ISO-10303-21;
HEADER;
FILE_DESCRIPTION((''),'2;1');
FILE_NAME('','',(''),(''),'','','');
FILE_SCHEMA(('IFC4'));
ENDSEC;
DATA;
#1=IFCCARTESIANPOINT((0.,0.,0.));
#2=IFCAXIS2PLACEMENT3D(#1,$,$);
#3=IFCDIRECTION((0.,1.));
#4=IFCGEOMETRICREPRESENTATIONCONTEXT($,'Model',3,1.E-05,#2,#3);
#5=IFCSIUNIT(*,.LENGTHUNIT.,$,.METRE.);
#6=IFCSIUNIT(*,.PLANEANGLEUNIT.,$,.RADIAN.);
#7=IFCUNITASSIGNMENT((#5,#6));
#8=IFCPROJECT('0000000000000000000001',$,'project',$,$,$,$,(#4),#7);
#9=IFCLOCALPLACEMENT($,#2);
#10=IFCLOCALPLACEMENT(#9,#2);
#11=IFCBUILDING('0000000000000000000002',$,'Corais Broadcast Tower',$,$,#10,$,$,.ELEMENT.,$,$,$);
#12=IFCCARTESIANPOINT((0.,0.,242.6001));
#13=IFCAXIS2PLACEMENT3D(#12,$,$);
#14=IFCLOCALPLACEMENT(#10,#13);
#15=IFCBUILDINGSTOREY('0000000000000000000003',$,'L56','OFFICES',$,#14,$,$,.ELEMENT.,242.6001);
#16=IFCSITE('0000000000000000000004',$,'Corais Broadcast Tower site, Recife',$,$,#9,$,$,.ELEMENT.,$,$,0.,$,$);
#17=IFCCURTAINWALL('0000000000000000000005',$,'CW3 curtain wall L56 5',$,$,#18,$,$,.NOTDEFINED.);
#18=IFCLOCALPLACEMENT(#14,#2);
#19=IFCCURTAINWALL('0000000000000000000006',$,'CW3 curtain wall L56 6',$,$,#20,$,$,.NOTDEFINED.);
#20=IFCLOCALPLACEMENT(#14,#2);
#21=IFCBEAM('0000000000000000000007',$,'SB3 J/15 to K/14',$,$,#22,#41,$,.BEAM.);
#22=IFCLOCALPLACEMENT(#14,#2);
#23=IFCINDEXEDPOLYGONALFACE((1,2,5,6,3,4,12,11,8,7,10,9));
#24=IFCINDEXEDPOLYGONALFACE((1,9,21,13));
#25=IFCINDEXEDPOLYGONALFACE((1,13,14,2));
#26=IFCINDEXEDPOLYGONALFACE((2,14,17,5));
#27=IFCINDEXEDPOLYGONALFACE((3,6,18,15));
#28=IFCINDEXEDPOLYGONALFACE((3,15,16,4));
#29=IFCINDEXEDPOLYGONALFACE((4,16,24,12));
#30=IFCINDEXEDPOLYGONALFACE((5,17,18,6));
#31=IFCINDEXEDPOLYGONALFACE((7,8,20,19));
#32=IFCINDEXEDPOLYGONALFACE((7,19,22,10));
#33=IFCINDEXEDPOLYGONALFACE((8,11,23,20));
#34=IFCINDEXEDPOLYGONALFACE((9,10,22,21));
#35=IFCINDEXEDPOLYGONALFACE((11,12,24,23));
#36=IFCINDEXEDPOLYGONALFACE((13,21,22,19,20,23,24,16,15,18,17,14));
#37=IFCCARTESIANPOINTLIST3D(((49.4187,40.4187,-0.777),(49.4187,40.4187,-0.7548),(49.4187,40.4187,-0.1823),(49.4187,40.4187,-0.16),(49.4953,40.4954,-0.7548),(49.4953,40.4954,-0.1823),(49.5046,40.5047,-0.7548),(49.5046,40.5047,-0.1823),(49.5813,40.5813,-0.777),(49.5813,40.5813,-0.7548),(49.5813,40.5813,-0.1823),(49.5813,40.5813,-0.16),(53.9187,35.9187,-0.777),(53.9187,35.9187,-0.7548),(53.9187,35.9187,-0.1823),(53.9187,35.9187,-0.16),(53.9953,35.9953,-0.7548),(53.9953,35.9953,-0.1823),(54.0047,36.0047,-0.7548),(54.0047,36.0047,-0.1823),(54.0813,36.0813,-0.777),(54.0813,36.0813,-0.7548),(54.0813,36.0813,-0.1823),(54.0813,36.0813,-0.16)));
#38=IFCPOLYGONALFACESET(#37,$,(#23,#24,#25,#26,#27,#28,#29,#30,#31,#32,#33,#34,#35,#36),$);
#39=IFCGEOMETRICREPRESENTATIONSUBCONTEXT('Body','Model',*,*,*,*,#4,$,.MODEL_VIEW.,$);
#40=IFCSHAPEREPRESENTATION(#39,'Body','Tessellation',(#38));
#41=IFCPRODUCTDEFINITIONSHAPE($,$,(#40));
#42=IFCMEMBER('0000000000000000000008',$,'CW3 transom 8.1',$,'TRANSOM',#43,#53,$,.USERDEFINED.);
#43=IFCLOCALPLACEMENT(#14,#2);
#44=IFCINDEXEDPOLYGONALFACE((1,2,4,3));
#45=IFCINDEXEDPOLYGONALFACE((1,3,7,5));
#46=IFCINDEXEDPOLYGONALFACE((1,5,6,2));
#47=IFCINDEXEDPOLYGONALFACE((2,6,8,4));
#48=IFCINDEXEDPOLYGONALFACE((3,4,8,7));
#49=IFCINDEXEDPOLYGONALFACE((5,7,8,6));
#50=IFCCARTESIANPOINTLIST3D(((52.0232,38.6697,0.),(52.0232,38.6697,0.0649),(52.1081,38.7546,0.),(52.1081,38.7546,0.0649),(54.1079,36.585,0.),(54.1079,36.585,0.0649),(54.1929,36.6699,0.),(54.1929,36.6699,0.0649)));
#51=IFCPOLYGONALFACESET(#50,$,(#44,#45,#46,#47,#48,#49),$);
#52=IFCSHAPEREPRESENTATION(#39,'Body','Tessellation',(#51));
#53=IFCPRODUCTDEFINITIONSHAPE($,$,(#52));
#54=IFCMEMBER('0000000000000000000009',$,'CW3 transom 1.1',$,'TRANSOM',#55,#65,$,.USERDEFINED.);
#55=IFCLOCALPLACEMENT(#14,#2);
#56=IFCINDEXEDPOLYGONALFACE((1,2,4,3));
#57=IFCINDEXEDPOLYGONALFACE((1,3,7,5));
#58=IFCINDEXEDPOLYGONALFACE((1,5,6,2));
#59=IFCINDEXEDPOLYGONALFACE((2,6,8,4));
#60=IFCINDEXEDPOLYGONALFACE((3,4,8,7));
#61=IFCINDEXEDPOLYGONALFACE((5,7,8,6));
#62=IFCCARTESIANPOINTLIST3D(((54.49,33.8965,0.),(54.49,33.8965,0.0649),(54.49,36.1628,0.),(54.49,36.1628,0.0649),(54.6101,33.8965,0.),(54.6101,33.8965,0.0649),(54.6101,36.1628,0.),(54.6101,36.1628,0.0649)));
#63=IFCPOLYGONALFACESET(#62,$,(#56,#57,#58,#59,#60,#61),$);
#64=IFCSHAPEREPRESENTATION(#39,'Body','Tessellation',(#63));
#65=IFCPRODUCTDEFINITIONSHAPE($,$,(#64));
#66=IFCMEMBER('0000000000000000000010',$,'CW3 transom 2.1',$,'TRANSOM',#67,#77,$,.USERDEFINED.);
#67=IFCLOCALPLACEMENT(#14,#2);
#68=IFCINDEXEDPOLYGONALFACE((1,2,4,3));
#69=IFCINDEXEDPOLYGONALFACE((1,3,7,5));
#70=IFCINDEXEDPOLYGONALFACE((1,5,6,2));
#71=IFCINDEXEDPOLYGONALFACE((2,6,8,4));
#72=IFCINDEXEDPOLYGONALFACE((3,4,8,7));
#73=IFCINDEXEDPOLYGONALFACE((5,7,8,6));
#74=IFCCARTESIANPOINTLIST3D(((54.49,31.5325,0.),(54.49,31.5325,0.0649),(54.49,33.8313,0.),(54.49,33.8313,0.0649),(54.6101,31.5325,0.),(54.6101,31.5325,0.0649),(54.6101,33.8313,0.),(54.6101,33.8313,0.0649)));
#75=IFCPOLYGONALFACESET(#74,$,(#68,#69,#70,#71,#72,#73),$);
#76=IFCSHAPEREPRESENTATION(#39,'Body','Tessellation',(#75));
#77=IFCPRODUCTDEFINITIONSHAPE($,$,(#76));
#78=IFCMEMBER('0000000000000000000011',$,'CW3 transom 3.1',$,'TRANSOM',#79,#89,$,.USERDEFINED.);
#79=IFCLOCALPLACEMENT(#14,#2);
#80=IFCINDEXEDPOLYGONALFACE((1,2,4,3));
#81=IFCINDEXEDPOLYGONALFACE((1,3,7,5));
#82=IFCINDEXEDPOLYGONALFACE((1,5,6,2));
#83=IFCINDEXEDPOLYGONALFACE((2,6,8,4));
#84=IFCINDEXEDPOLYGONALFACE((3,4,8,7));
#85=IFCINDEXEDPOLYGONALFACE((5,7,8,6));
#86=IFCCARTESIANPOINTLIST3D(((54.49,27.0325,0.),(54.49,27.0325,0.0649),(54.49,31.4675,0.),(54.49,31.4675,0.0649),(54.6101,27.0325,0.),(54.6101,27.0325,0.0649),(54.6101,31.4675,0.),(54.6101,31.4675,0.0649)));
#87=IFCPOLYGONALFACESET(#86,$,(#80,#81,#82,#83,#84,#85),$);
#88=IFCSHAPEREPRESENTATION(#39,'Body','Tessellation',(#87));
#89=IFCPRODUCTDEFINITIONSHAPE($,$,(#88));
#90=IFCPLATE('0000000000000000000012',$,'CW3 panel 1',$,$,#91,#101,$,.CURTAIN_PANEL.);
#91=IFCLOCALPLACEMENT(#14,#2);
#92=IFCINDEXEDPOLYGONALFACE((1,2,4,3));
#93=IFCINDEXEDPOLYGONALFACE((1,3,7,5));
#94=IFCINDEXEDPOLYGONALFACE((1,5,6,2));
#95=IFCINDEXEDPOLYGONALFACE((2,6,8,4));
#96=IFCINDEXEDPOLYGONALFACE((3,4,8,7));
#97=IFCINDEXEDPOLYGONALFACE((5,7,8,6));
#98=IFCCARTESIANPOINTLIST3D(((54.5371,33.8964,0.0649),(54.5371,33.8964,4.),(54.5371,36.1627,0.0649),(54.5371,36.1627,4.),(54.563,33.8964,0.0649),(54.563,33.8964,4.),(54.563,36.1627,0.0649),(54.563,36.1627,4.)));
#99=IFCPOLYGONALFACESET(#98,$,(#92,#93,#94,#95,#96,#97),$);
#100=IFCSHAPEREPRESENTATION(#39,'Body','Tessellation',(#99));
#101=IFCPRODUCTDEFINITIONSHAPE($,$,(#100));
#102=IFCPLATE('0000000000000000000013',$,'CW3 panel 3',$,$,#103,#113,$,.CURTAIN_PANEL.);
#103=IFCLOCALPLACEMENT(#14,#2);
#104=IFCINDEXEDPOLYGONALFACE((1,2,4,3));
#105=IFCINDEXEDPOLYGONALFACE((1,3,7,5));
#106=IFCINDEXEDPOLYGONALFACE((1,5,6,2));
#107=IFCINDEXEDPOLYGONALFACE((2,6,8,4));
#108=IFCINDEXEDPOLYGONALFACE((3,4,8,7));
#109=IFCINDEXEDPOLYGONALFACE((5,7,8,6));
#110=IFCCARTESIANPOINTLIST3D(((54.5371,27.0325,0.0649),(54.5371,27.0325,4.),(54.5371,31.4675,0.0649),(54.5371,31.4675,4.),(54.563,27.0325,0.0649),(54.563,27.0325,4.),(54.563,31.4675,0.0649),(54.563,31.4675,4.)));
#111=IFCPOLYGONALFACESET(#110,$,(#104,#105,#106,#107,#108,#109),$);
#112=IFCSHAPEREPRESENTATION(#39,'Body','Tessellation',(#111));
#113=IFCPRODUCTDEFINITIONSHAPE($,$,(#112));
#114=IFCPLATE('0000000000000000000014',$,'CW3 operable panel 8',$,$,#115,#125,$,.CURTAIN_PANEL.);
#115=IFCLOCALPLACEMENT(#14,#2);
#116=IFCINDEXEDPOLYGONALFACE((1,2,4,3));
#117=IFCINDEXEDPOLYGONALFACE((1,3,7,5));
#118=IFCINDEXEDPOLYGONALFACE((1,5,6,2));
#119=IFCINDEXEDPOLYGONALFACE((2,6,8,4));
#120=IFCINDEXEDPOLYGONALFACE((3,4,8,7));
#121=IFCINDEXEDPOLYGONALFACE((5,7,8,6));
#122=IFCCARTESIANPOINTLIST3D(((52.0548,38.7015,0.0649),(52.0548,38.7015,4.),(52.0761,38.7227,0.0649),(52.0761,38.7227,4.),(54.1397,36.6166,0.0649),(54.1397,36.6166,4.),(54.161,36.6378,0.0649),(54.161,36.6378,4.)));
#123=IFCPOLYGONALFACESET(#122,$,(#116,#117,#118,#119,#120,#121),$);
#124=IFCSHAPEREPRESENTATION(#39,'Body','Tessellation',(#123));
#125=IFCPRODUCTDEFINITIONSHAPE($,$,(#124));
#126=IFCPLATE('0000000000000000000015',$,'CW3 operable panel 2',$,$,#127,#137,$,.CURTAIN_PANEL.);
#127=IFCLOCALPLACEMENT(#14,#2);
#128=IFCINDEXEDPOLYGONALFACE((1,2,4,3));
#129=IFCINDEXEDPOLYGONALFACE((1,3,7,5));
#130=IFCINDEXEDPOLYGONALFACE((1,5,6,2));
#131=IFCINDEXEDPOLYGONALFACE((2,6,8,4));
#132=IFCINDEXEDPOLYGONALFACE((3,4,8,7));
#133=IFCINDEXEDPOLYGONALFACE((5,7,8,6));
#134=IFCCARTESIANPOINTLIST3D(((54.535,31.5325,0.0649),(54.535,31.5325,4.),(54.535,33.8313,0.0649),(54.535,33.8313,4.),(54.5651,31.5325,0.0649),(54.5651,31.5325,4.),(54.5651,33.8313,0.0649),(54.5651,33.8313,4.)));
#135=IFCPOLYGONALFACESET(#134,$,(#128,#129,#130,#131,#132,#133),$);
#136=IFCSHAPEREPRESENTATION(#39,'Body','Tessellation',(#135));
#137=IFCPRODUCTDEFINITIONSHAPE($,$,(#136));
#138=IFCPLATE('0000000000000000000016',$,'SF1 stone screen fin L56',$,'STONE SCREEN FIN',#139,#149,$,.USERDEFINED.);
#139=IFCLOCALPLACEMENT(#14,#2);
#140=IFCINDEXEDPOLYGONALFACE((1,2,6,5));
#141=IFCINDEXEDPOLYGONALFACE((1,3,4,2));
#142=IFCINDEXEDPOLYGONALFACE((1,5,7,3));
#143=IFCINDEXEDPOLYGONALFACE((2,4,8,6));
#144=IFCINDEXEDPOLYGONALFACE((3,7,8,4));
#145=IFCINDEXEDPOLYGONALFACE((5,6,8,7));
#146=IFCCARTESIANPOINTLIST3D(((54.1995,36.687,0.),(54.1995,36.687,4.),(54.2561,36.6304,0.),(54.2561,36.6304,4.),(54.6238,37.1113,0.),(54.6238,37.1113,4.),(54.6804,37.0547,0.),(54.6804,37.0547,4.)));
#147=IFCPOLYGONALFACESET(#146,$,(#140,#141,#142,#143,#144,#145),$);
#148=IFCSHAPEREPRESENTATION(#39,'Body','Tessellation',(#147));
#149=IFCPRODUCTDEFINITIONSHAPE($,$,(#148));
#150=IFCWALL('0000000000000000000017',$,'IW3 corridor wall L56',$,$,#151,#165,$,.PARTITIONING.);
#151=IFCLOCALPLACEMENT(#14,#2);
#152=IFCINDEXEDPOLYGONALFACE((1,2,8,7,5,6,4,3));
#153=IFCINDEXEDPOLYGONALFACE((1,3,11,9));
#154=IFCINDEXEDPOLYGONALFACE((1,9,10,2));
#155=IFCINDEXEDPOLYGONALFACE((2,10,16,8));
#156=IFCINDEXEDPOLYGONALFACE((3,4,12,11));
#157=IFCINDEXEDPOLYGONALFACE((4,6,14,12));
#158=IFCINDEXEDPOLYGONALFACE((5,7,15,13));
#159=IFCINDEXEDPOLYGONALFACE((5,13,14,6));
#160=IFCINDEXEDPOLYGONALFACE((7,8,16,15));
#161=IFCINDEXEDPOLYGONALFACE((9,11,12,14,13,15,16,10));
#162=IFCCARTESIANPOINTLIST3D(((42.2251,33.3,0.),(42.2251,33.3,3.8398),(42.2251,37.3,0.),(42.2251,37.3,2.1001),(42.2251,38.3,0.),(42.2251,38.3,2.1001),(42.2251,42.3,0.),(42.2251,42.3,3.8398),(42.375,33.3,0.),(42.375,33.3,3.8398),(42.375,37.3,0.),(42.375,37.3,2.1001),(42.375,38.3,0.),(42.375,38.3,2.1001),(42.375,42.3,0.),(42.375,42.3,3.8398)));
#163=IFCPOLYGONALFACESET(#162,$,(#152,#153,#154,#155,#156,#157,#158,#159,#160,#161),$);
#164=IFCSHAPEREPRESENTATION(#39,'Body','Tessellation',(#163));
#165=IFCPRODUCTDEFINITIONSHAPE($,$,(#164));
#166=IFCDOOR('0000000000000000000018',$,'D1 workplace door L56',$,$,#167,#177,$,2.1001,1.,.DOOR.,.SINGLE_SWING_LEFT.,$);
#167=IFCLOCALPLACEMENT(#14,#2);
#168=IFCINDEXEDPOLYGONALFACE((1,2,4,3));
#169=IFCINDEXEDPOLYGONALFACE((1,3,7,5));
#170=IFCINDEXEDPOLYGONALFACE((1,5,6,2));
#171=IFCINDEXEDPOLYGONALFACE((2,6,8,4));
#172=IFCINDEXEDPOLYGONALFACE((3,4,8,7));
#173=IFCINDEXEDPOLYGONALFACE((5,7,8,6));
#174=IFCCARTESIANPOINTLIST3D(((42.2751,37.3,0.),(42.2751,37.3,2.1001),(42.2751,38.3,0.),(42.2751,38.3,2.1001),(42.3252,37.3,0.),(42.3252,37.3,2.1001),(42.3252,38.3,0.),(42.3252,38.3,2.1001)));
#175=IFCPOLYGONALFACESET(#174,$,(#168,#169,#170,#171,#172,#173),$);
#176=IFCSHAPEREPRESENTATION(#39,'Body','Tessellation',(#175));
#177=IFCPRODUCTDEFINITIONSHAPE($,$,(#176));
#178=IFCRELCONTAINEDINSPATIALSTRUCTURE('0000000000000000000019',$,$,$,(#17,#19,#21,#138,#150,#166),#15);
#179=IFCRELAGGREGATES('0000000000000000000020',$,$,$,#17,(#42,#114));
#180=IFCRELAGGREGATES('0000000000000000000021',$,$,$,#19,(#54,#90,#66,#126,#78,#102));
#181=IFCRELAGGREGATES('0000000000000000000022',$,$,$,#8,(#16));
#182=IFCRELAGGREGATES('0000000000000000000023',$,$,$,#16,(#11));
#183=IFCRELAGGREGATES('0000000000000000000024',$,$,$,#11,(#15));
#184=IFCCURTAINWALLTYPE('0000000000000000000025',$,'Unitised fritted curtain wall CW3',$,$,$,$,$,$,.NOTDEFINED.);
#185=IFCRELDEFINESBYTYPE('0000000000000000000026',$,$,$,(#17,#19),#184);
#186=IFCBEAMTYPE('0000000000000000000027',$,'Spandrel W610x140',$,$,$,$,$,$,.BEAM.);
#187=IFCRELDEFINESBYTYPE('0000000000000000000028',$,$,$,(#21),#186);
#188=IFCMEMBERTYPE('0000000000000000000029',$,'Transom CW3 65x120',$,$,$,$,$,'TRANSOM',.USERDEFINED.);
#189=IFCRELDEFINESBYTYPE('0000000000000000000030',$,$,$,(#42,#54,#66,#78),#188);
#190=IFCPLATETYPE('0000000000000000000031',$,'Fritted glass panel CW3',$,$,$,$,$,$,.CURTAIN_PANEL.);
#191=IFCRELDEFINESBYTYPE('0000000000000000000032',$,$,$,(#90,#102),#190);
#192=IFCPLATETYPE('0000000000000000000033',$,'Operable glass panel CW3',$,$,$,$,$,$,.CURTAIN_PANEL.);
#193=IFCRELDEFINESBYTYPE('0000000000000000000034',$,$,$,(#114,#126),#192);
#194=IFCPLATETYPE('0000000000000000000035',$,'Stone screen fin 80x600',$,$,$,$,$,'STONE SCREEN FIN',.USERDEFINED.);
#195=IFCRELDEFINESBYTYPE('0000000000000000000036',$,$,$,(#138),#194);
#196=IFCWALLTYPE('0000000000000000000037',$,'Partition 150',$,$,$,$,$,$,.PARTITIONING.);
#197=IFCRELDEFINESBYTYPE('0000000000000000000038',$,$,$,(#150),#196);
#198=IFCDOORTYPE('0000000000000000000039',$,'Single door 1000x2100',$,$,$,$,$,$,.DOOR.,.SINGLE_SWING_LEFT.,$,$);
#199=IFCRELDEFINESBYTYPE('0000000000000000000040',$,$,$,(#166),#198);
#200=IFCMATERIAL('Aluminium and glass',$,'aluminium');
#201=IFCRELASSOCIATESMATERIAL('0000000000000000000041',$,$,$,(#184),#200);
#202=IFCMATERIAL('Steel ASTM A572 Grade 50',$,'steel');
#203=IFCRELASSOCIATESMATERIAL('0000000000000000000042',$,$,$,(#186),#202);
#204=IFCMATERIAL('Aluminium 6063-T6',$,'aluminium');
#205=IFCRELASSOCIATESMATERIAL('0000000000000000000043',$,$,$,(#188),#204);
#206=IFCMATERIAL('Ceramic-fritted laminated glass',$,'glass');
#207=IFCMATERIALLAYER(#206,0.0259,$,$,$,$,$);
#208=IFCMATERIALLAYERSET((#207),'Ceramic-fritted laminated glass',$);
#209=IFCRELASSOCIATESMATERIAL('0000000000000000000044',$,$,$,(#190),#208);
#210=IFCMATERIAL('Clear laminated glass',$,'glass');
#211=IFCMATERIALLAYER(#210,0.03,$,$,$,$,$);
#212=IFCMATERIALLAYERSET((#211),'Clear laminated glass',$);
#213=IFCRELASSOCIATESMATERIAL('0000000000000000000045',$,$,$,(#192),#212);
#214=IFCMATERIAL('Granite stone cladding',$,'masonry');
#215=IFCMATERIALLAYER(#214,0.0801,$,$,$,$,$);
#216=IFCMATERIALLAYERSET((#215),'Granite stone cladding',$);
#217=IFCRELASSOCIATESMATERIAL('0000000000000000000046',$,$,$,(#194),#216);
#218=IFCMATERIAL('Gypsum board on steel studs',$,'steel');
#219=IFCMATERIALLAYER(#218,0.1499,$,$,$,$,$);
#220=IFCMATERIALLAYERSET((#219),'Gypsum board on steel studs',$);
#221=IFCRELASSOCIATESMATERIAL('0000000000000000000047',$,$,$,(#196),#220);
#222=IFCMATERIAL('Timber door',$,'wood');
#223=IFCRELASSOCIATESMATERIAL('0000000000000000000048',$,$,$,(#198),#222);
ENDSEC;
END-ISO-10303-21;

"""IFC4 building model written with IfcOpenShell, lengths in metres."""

from ifc_helpers import new_model, si_unit, direction, frame, frame_2d, origin, origin_2d, place, context, subcontext, project, spatial, rectangle, i_section, extrude, material, layer, layer_set, material_profile, profile_set, type_object, element, fill, aggregate, save


model = new_model("IFC4")

# Units and contexts
model_context = context("Model", 3, precision=1e-05, world=origin(), true_north=direction((0.0, 1.0)))
body_context = subcontext(model_context, "Body", "Model", "MODEL_VIEW")
ifc_project = project(units=[si_unit("LENGTHUNIT", "METRE"), si_unit("PLANEANGLEUNIT", "RADIAN")], contexts=[model_context])

# Site, building, storey
site_placement = place(None, origin())
site = spatial("IfcSite", under=ifc_project, at=site_placement, Name="Corais Broadcast Tower site, Recife", CompositionType="ELEMENT", RefElevation=0.0)
building_placement = place(site_placement, origin())
building = spatial("IfcBuilding", under=site, at=building_placement, Name="Corais Broadcast Tower", CompositionType="ELEMENT")
storey_placement = place(building_placement, frame((0.0, 0.0, 242.6001)))
storey = spatial("IfcBuildingStorey", under=building, at=storey_placement, Name="L56", Description="OFFICES", CompositionType="ELEMENT", Elevation=242.6001)

# Curtain wall
ifc_material_1 = material(Name="Aluminium and glass", Category="aluminium")
curtain_wall_type = type_object("IfcCurtainWallType", Name="Unitised fritted curtain wall CW3", PredefinedType="NOTDEFINED", material=ifc_material_1)
curtain_wall_1_placement = place(storey_placement, origin())
curtain_wall_1 = element("IfcCurtainWall", 1, at=curtain_wall_1_placement, inside=storey, type_object=curtain_wall_type, Name="CW3 curtain wall L56 5", PredefinedType="NOTDEFINED")

# Curtain wall
curtain_wall_2_placement = place(storey_placement, origin())
curtain_wall_2 = element("IfcCurtainWall", 2, at=curtain_wall_2_placement, inside=storey, type_object=curtain_wall_type, Name="CW3 curtain wall L56 6", PredefinedType="NOTDEFINED")

# Beam
ifc_material_2 = material(Name="Steel ASTM A572 Grade 50", Category="steel")
ifc_material_profile_1 = material_profile(ifc_material_2, i_section(OverallWidth=0.23, OverallDepth=0.6169, WebThickness=0.0132, FlangeThickness=0.0222, at=origin_2d()), Name="W610x140")
ifc_profile_set_1 = profile_set([ifc_material_profile_1], Name="Steel ASTM A572 Grade 50")
beam_type_1 = type_object("IfcBeamType", Name="Spandrel W610x140", PredefinedType="BEAM", material=ifc_profile_set_1)
beam_placement = place(storey_placement, frame((54.0, 36.0, -0.4685), z_axis=(-0.707107, 0.707107, 0.0), x_axis=(-0.707107, -0.707107, 0.0)))
element("IfcBeam", 3, at=beam_placement, inside=storey, type_object=beam_type_1, Name="SB3 J/15 to K/14", PredefinedType="BEAM", context=body_context, shape_type="SweptSolid", body=[
    extrude(i_section(OverallWidth=0.23, OverallDepth=0.6169, WebThickness=0.0132, FlangeThickness=0.0222, at=origin_2d()), origin(), (0.0, 0.0, 1.0), 6.364),
])

# Members
ifc_material_3 = material(Name="Aluminium 6063-T6", Category="aluminium")
ifc_material_profile_2 = material_profile(ifc_material_3, rectangle(XDim=0.1201, YDim=0.0649, at=origin_2d()), Name="Transom CW3 65x120")
ifc_profile_set_2 = profile_set([ifc_material_profile_2], Name="Aluminium 6063-T6")
member_type_1 = type_object("IfcMemberType", Name="Transom CW3 65x120", ElementType="TRANSOM", PredefinedType="USERDEFINED", material=ifc_profile_set_2)
member_1_placement = place(storey_placement, frame((52.0657, 38.7122, 0.0325), z_axis=(0.707107, -0.707107, 0.0), x_axis=(0.707107, 0.707107, 0.0)))
member_1 = element("IfcMember", 4, at=member_1_placement, type_object=member_type_1, Name="CW3 transom 8.1", ObjectType="TRANSOM", PredefinedType="USERDEFINED", context=body_context, shape_type="SweptSolid", body=[
    extrude(rectangle(XDim=0.1201, YDim=0.0649, at=origin_2d()), origin(), (0.0, 0.0, 1.0), 2.9482),
])
member_2_placement = place(storey_placement, frame((54.55, 36.1628, 0.0325), z_axis=(0.0, -1.0, 0.0), x_axis=(1.0, 0.0, 0.0)))
member_2 = element("IfcMember", 5, at=member_2_placement, type_object=member_type_1, Name="CW3 transom 1.1", ObjectType="TRANSOM", PredefinedType="USERDEFINED", context=body_context, shape_type="SweptSolid", body=[
    extrude(rectangle(XDim=0.1201, YDim=0.0649, at=origin_2d()), origin(), (0.0, 0.0, 1.0), 2.2664),
])
member_3_placement = place(storey_placement, frame((54.55, 33.8313, 0.0325), z_axis=(0.0, -1.0, 0.0), x_axis=(1.0, 0.0, 0.0)))
member_3 = element("IfcMember", 6, at=member_3_placement, type_object=member_type_1, Name="CW3 transom 2.1", ObjectType="TRANSOM", PredefinedType="USERDEFINED", context=body_context, shape_type="SweptSolid", body=[
    extrude(rectangle(XDim=0.1201, YDim=0.0649, at=origin_2d()), origin(), (0.0, 0.0, 1.0), 2.2988),
])
member_4_placement = place(storey_placement, frame((54.55, 31.4675, 0.0325), z_axis=(0.0, -1.0, 0.0), x_axis=(1.0, 0.0, 0.0)))
member_4 = element("IfcMember", 7, at=member_4_placement, type_object=member_type_1, Name="CW3 transom 3.1", ObjectType="TRANSOM", PredefinedType="USERDEFINED", context=body_context, shape_type="SweptSolid", body=[
    extrude(rectangle(XDim=0.1201, YDim=0.0649, at=origin_2d()), origin(), (0.0, 0.0, 1.0), 4.4351),
])

# Plates
ifc_material_4 = material(Name="Ceramic-fritted laminated glass", Category="glass")
ifc_layer_1 = layer(ifc_material_4, 0.0259)
ifc_layer_set_1 = layer_set([ifc_layer_1], Name="Ceramic-fritted laminated glass")
plate_type_1 = type_object("IfcPlateType", Name="Fritted glass panel CW3", PredefinedType="CURTAIN_PANEL", material=ifc_layer_set_1)
plate_1_placement = place(storey_placement, frame((54.55, 35.0295, 0.0649), z_axis=(0.0, 0.0, 1.0), x_axis=(0.0, -1.0, 0.0)))
plate_1 = element("IfcPlate", 8, at=plate_1_placement, type_object=plate_type_1, Name="CW3 panel 1", PredefinedType="CURTAIN_PANEL", context=body_context, shape_type="SweptSolid", body=[
    extrude(rectangle(XDim=2.2664, YDim=0.0259, at=origin_2d()), origin(), (0.0, 0.0, 1.0), 3.9351),
])
plate_2_placement = place(storey_placement, frame((54.55, 29.25, 0.0649), z_axis=(0.0, 0.0, 1.0), x_axis=(0.0, -1.0, 0.0)))
plate_2 = element("IfcPlate", 9, at=plate_2_placement, type_object=plate_type_1, Name="CW3 panel 3", PredefinedType="CURTAIN_PANEL", context=body_context, shape_type="SweptSolid", body=[
    extrude(rectangle(XDim=4.4351, YDim=0.0259, at=origin_2d()), origin(), (0.0, 0.0, 1.0), 3.9351),
])
ifc_material_5 = material(Name="Clear laminated glass", Category="glass")
ifc_layer_2 = layer(ifc_material_5, 0.03)
ifc_layer_set_2 = layer_set([ifc_layer_2], Name="Clear laminated glass")
plate_type_2 = type_object("IfcPlateType", Name="Operable glass panel CW3", PredefinedType="CURTAIN_PANEL", material=ifc_layer_set_2)
plate_3_placement = place(storey_placement, frame((53.1079, 37.6697, 0.0649), z_axis=(0.0, 0.0, 1.0), x_axis=(0.707107, -0.707107, 0.0)))
plate_3 = element("IfcPlate", 10, at=plate_3_placement, type_object=plate_type_2, Name="CW3 operable panel 8", PredefinedType="CURTAIN_PANEL", context=body_context, shape_type="SweptSolid", body=[
    extrude(rectangle(XDim=2.9485, YDim=0.03, at=origin_2d()), origin(), (0.0, 0.0, 1.0), 3.9351),
])
aggregate(curtain_wall_1, [member_1, plate_3])
plate_4_placement = place(storey_placement, frame((54.55, 32.6819, 0.0649), z_axis=(0.0, 0.0, 1.0), x_axis=(0.0, -1.0, 0.0)))
plate_4 = element("IfcPlate", 11, at=plate_4_placement, type_object=plate_type_2, Name="CW3 operable panel 2", PredefinedType="CURTAIN_PANEL", context=body_context, shape_type="SweptSolid", body=[
    extrude(rectangle(XDim=2.2988, YDim=0.03, at=origin_2d()), origin(), (0.0, 0.0, 1.0), 3.9351),
])
aggregate(curtain_wall_2, [member_2, plate_1, member_3, plate_4, member_4, plate_2])
ifc_material_6 = material(Name="Granite stone cladding", Category="masonry")
ifc_layer_3 = layer(ifc_material_6, 0.0801)
ifc_layer_set_3 = layer_set([ifc_layer_3], Name="Granite stone cladding")
plate_type_3 = type_object("IfcPlateType", Name="Stone screen fin 80x600", ElementType="STONE SCREEN FIN", PredefinedType="USERDEFINED", material=ifc_layer_set_3)
plate_5_placement = place(storey_placement, frame((54.4399, 36.8708, 0.0), z_axis=(0.0, 0.0, 1.0), x_axis=(0.707107, -0.707107, 0.0)))
element("IfcPlate", 12, at=plate_5_placement, inside=storey, type_object=plate_type_3, Name="SF1 stone screen fin L56", ObjectType="STONE SCREEN FIN", PredefinedType="USERDEFINED", context=body_context, shape_type="SweptSolid", body=[
    extrude(rectangle(XDim=0.0801, YDim=0.6001, at=origin_2d()), origin(), (0.0, 0.0, 1.0), 4.0),
])

# Wall, opening, door
ifc_material_7 = material(Name="Gypsum board on steel studs", Category="steel")
ifc_layer_4 = layer(ifc_material_7, 0.1499)
ifc_layer_set_4 = layer_set([ifc_layer_4], Name="Gypsum board on steel studs")
wall_type = type_object("IfcWallType", Name="Partition 150", PredefinedType="PARTITIONING", material=ifc_layer_set_4)
wall_1_placement = place(storey_placement, frame((42.3, 33.3, 0.0), z_axis=(0.0, 0.0, 1.0), x_axis=(0.0, 1.0, 0.0)))
wall_1 = element("IfcWall", 13, at=wall_1_placement, inside=storey, type_object=wall_type, Name="IW3 corridor wall L56", PredefinedType="PARTITIONING", context=body_context, shape_type="SweptSolid", body=[
    extrude(rectangle(XDim=9.0, YDim=0.1499, at=frame_2d((4.5, 0.0))), origin(), (0.0, 0.0, 1.0), 3.8398),
])
opening_1_placement = place(wall_1_placement, frame((4.0, 0.0, 0.0)))
opening_1 = element("IfcOpeningElement", 14, at=opening_1_placement, cuts=wall_1, PredefinedType="OPENING", context=body_context, shape_type="SweptSolid", body=[
    extrude(rectangle(XDim=1.0, YDim=2.1001, at=frame_2d((0.5, 1.05))), frame((0.0, 0.085, 0.0), z_axis=(0.0, -1.0, 0.0), x_axis=(1.0, 0.0, 0.0)), (0.0, 0.0, 1.0), 0.1699),
])
ifc_material_8 = material(Name="Timber door", Category="wood")
door_type = type_object("IfcDoorType", Name="Single door 1000x2100", OperationType="SINGLE_SWING_LEFT", PredefinedType="DOOR", material=ifc_material_8)
door_1_placement = place(opening_1_placement, origin())
door_1 = element("IfcDoor", 15, at=door_1_placement, inside=storey, type_object=door_type, Name="D1 workplace door L56", OperationType="SINGLE_SWING_LEFT", OverallHeight=2.1001, OverallWidth=1.0, PredefinedType="DOOR", context=body_context, shape_type="SweptSolid", body=[
    extrude(rectangle(XDim=1.0, YDim=2.1001, at=frame_2d((0.5, 1.05))), frame((0.0, 0.0249, 0.0), z_axis=(0.0, -1.0, 0.0), x_axis=(1.0, 0.0, 0.0)), (0.0, 0.0, 1.0), 0.05),
])
fill(opening_1, door_1)

save(model, "model.ifc")
